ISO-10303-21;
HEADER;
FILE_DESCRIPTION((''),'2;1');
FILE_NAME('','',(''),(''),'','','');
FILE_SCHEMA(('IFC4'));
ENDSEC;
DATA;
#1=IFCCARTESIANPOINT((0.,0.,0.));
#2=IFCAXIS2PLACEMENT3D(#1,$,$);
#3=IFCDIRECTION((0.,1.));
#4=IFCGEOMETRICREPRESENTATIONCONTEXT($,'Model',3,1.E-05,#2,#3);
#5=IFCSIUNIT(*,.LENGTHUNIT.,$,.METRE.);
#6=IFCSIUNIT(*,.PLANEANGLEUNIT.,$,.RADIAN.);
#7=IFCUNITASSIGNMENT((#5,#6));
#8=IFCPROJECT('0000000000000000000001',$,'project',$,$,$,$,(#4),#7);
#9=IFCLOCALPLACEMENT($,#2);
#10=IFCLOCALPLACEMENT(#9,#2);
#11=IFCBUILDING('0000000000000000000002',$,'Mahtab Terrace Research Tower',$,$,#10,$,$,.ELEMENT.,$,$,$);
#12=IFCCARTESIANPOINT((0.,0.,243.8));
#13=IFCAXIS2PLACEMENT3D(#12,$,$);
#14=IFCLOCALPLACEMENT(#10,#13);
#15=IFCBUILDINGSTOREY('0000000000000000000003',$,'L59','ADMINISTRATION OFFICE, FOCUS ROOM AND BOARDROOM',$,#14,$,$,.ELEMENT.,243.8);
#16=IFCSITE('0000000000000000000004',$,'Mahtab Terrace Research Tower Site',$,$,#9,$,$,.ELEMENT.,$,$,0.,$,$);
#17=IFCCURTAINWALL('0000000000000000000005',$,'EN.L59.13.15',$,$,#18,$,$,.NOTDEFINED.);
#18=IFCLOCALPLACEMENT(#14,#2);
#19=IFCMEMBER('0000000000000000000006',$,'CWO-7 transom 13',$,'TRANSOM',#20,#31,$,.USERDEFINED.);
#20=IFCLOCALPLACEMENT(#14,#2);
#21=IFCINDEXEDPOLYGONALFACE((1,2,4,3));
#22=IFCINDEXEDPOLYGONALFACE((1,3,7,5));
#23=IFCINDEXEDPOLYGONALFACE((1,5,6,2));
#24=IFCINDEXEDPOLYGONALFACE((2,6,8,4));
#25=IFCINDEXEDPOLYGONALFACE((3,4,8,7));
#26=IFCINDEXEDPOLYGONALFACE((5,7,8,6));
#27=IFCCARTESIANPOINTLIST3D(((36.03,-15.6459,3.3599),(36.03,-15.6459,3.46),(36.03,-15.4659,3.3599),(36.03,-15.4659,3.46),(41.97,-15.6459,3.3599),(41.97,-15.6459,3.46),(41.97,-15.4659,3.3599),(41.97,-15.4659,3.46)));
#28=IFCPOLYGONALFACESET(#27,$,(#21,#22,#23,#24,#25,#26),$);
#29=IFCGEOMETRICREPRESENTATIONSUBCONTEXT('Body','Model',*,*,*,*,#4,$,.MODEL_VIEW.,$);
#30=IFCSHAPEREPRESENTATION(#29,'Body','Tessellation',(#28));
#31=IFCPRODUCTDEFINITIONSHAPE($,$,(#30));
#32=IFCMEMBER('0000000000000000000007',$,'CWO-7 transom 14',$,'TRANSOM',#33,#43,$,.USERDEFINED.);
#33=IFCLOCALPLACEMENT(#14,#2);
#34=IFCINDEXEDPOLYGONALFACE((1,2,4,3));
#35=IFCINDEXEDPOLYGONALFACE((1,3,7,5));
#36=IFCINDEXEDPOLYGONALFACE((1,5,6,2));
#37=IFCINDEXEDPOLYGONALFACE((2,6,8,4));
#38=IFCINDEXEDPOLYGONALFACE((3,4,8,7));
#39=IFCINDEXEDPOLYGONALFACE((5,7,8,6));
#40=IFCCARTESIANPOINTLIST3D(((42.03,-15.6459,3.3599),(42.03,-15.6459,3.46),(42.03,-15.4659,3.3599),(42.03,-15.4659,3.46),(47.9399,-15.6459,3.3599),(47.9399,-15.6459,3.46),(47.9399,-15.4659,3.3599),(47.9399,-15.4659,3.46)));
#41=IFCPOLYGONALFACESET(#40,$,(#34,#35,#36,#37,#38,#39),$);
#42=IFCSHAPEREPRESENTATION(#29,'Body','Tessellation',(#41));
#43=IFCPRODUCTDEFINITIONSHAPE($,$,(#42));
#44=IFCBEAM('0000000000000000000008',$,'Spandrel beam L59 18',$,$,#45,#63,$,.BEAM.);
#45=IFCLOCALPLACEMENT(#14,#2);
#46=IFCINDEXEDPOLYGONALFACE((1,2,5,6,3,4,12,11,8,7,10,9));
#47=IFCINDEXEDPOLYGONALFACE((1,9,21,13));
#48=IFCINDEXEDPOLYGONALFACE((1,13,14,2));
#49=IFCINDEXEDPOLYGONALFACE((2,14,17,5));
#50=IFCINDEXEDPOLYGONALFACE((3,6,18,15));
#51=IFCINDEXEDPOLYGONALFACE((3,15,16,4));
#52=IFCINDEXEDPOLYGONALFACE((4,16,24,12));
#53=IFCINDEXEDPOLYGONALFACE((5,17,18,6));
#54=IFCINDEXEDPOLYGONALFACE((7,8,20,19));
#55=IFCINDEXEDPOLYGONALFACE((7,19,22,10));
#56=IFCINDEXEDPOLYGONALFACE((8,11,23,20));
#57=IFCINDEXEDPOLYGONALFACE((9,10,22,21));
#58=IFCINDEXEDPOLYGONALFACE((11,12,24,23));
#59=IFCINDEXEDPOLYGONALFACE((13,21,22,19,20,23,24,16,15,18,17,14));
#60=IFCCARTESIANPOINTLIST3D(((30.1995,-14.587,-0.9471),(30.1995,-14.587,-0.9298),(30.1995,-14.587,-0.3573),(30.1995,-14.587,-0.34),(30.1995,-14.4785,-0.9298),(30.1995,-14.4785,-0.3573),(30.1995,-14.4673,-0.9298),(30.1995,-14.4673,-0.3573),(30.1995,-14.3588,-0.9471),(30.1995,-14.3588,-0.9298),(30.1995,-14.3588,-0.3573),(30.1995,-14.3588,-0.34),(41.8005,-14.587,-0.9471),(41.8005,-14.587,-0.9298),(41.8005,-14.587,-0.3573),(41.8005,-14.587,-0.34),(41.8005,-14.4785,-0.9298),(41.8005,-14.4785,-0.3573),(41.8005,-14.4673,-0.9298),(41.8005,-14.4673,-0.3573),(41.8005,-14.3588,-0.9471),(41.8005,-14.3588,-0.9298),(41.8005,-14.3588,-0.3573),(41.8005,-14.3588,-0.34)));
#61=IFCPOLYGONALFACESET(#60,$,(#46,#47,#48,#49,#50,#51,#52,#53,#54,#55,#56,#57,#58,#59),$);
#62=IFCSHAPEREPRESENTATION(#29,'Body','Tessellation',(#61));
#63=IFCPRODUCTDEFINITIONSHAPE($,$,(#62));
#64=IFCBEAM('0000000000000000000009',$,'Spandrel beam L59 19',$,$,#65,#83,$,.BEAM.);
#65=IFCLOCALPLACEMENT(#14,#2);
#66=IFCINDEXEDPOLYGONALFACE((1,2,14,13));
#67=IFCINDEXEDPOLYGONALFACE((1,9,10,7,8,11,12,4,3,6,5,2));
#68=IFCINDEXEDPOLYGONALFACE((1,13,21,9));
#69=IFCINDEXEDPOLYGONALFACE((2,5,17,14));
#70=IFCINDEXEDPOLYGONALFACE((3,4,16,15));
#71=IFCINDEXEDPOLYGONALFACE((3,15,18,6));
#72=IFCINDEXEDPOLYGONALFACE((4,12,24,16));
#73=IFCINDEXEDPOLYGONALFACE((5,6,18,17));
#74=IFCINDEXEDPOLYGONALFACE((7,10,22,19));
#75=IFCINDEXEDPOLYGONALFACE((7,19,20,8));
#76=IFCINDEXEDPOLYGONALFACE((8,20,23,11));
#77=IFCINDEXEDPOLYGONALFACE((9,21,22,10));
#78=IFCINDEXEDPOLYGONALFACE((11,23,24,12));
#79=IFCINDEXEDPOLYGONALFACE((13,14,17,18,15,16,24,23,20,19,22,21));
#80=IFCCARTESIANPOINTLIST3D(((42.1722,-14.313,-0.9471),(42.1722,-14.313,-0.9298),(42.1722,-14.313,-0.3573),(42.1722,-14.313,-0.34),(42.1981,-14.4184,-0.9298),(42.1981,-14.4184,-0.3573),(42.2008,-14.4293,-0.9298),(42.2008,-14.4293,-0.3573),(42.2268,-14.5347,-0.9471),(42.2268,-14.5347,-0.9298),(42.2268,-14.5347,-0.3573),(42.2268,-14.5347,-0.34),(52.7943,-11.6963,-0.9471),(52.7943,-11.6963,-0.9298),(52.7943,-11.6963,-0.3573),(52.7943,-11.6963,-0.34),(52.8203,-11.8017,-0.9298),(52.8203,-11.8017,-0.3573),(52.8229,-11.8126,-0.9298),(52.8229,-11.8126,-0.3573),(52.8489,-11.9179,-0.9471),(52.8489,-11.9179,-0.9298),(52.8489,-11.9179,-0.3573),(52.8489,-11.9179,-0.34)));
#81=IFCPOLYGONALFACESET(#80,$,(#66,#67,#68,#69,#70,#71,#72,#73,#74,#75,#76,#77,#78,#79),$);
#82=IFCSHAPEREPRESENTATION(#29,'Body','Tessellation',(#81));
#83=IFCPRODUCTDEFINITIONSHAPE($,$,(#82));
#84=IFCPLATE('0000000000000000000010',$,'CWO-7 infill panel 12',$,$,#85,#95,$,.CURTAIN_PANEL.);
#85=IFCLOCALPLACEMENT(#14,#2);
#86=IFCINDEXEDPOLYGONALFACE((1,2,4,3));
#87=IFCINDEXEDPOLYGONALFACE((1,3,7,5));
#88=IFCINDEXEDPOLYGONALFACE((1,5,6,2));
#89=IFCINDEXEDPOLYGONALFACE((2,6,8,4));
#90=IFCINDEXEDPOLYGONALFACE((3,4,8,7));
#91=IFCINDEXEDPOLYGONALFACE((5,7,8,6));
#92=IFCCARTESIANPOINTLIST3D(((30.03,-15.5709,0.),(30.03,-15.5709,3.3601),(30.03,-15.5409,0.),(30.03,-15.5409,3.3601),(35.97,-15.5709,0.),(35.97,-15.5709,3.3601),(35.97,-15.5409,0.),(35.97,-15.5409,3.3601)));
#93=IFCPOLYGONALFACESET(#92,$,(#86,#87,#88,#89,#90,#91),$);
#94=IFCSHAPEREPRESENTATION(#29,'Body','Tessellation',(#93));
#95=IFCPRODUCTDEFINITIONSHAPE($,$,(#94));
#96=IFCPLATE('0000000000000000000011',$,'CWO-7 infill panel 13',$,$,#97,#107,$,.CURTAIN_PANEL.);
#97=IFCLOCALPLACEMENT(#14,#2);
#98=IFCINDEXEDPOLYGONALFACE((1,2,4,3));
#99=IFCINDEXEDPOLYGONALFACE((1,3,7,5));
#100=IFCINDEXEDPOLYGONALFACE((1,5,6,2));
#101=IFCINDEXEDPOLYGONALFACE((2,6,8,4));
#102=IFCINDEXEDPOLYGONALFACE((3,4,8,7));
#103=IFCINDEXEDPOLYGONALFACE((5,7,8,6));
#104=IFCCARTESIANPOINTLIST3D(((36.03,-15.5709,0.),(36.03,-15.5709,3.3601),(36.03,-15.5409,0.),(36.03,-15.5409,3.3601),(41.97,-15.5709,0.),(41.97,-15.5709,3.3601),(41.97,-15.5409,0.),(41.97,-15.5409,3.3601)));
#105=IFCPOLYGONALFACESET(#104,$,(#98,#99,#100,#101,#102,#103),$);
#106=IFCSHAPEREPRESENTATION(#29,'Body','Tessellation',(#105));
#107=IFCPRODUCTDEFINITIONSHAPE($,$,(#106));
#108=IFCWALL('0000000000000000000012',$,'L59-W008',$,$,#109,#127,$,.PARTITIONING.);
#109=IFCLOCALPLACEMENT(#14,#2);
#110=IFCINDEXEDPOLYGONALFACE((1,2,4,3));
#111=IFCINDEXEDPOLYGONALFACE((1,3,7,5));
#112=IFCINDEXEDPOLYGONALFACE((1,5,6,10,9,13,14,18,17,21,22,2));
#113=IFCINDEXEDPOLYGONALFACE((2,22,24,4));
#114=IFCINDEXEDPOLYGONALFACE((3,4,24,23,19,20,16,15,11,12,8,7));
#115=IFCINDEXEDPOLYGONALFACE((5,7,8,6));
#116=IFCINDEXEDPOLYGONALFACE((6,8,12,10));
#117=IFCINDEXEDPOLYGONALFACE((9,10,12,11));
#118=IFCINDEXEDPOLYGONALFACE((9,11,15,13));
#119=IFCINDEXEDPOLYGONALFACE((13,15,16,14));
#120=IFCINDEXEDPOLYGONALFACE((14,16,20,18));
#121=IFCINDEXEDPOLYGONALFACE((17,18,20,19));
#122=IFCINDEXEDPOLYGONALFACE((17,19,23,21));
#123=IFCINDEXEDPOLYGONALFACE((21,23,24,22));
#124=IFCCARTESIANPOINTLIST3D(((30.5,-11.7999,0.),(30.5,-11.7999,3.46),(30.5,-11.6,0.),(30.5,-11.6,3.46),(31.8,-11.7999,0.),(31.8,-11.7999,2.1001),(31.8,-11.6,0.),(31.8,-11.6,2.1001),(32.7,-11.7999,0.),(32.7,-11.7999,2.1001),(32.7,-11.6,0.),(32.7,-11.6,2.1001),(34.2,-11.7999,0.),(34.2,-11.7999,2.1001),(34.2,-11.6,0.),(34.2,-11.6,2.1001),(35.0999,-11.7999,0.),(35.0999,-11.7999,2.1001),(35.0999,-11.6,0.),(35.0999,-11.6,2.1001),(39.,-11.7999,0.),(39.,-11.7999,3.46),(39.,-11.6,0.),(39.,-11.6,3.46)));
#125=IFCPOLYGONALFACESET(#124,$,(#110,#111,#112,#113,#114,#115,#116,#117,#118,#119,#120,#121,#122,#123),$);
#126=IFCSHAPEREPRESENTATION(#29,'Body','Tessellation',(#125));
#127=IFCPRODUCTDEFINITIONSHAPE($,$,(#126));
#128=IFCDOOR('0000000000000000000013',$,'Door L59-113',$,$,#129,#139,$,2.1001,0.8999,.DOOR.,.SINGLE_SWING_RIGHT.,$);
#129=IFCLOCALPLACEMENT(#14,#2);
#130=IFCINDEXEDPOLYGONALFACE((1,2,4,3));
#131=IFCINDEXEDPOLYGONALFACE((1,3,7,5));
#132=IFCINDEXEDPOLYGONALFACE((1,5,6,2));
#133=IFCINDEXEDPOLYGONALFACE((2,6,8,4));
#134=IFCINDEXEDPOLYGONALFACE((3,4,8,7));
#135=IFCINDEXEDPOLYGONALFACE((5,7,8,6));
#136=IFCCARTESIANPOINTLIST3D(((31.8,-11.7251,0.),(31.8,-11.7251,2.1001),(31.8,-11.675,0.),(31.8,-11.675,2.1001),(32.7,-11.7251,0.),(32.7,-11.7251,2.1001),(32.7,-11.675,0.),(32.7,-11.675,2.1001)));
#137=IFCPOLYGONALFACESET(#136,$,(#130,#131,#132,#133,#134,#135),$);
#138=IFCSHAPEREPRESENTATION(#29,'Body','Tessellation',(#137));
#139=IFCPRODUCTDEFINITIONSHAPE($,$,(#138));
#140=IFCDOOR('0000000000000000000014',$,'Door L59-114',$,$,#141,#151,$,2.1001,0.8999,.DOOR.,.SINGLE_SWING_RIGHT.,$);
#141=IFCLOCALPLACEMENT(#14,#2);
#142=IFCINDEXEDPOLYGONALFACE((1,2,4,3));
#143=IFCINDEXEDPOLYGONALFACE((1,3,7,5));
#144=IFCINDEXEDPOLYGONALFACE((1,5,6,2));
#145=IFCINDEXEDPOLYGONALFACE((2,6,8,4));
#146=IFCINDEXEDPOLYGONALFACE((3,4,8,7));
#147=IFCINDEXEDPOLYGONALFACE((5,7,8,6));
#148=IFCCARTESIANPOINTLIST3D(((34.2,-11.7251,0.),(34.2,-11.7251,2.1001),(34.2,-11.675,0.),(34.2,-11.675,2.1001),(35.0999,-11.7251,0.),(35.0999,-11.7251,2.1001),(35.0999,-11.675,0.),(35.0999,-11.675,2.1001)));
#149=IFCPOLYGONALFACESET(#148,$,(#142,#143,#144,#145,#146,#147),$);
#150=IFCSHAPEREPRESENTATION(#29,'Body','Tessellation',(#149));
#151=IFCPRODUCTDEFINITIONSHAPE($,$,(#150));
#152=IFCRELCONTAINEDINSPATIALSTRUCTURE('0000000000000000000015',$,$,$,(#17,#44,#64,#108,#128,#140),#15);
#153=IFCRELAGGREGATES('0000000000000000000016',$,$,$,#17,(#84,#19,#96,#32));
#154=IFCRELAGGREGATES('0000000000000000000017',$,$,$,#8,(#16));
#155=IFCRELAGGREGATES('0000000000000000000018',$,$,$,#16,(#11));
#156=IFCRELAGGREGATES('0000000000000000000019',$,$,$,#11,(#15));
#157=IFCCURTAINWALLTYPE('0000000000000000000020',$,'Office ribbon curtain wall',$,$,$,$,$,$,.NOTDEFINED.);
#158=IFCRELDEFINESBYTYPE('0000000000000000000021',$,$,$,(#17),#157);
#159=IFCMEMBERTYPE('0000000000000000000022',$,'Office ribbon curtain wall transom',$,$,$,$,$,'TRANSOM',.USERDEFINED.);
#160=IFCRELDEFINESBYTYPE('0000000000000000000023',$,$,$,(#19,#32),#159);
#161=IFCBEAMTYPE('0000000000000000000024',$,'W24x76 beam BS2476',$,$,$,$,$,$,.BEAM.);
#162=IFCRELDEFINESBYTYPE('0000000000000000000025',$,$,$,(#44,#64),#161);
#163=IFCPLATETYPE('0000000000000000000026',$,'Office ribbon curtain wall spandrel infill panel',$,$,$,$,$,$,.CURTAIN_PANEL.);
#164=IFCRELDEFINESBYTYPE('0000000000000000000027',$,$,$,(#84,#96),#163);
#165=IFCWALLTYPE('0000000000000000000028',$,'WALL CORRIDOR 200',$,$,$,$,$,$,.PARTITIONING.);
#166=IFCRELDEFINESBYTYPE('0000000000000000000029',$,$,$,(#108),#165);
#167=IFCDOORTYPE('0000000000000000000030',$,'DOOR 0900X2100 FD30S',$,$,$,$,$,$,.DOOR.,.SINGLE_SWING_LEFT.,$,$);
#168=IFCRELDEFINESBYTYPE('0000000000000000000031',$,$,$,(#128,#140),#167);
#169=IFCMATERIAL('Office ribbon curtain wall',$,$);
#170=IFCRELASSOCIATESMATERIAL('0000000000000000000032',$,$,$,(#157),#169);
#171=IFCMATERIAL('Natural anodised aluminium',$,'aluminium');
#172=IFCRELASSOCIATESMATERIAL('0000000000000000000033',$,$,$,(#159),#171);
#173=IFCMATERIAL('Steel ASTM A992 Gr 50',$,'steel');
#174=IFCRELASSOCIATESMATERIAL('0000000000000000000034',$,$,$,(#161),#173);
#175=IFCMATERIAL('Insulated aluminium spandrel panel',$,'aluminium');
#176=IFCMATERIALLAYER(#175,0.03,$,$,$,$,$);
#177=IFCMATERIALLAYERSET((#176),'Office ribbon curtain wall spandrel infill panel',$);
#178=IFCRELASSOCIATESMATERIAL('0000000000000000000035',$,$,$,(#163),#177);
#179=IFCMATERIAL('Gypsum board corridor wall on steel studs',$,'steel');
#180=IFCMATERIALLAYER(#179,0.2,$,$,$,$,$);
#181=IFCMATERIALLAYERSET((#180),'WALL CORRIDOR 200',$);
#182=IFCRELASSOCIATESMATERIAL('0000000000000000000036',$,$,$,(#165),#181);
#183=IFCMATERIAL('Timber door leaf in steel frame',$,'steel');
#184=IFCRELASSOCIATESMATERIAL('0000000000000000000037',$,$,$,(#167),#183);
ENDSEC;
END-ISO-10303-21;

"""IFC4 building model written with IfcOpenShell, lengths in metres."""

from ifc_helpers import new_model, si_unit, direction, frame, frame_2d, origin, origin_2d, place, context, subcontext, project, spatial, rectangle, i_section, extrude, material, layer, layer_set, material_profile, profile_set, type_object, element, fill, aggregate, save


model = new_model("IFC4")

# Units and contexts
model_context = context("Model", 3, precision=1e-05, world=origin(), true_north=direction((0.0, 1.0)))
body_context = subcontext(model_context, "Body", "Model", "MODEL_VIEW")
ifc_project = project(units=[si_unit("LENGTHUNIT", "METRE"), si_unit("PLANEANGLEUNIT", "RADIAN")], contexts=[model_context])

# Site, building, storey
site_placement = place(None, origin())
site = spatial("IfcSite", under=ifc_project, at=site_placement, Name="Mahtab Terrace Research Tower Site", CompositionType="ELEMENT", RefElevation=0.0)
building_placement = place(site_placement, origin())
building = spatial("IfcBuilding", under=site, at=building_placement, Name="Mahtab Terrace Research Tower", CompositionType="ELEMENT")
storey_placement = place(building_placement, frame((0.0, 0.0, 243.8)))
storey = spatial("IfcBuildingStorey", under=building, at=storey_placement, Name="L59", Description="ADMINISTRATION OFFICE, FOCUS ROOM AND BOARDROOM", CompositionType="ELEMENT", Elevation=243.8)

# Shared definitions
ifc_material_1 = material(Name="Steel ASTM A992 Gr 50", Category="steel")

# Curtain wall, members
ifc_material_2 = material(Name="Office ribbon curtain wall")
curtain_wall_type = type_object("IfcCurtainWallType", Name="Office ribbon curtain wall", PredefinedType="NOTDEFINED", material=ifc_material_2)
curtain_wall_placement = place(storey_placement, origin())
curtain_wall = element("IfcCurtainWall", 1, at=curtain_wall_placement, inside=storey, type_object=curtain_wall_type, Name="EN.L59.13.15", PredefinedType="NOTDEFINED")
ifc_material_3 = material(Name="Natural anodised aluminium", Category="aluminium")
ifc_material_profile_1 = material_profile(ifc_material_3, rectangle(XDim=0.1799, YDim=0.1001, at=origin_2d()), Name="TRANSOM 100x180")
ifc_profile_set_1 = profile_set([ifc_material_profile_1], Name="Natural anodised aluminium")
member_type_1 = type_object("IfcMemberType", Name="Office ribbon curtain wall transom", ElementType="TRANSOM", PredefinedType="USERDEFINED", material=ifc_profile_set_1)
member_1_placement = place(storey_placement, frame((36.03, -15.5559, 3.4099), z_axis=(1.0, 0.0, 0.0), x_axis=(0.0, 1.0, 0.0)))
member_1 = element("IfcMember", 2, at=member_1_placement, type_object=member_type_1, Name="CWO-7 transom 13", ObjectType="TRANSOM", PredefinedType="USERDEFINED", context=body_context, shape_type="SweptSolid", body=[
    extrude(rectangle(XDim=0.1799, YDim=0.1001, at=origin_2d()), origin(), (0.0, 0.0, 1.0), 5.9399),
])
member_2_placement = place(storey_placement, frame((42.03, -15.5559, 3.4099), z_axis=(1.0, 0.0, 0.0), x_axis=(0.0, 1.0, 0.0)))
member_2 = element("IfcMember", 3, at=member_2_placement, type_object=member_type_1, Name="CWO-7 transom 14", ObjectType="TRANSOM", PredefinedType="USERDEFINED", context=body_context, shape_type="SweptSolid", body=[
    extrude(rectangle(XDim=0.1799, YDim=0.1001, at=origin_2d()), origin(), (0.0, 0.0, 1.0), 5.9099),
])

# Beams
ifc_material_profile_2 = material_profile(ifc_material_1, i_section(OverallWidth=0.2283, OverallDepth=0.6072, WebThickness=0.0112, FlangeThickness=0.0173, at=origin_2d()), Name="W24X76")
ifc_profile_set_2 = profile_set([ifc_material_profile_2], Name="Steel ASTM A992 Gr 50")
beam_type = type_object("IfcBeamType", Name="W24x76 beam BS2476", PredefinedType="BEAM", material=ifc_profile_set_2)
beam_1_placement = place(storey_placement, frame((30.1995, -14.4729, -0.6436), z_axis=(1.0, 0.0, 0.0), x_axis=(0.0, 1.0, 0.0)))
element("IfcBeam", 4, at=beam_1_placement, inside=storey, type_object=beam_type, Name="Spandrel beam L59 18", PredefinedType="BEAM", context=body_context, shape_type="SweptSolid", body=[
    extrude(i_section(OverallWidth=0.2283, OverallDepth=0.6072, WebThickness=0.0112, FlangeThickness=0.0173, at=origin_2d()), origin(), (0.0, 0.0, 1.0), 11.6011),
])
beam_2_placement = place(storey_placement, frame((42.1995, -14.4238, -0.6436), z_axis=(0.970972, 0.239195, 0.0), x_axis=(-0.239195, 0.970972, 0.0)))
element("IfcBeam", 5, at=beam_2_placement, inside=storey, type_object=beam_type, Name="Spandrel beam L59 19", PredefinedType="BEAM", context=body_context, shape_type="SweptSolid", body=[
    extrude(i_section(OverallWidth=0.2283, OverallDepth=0.6072, WebThickness=0.0112, FlangeThickness=0.0173, at=origin_2d()), origin(), (0.0, 0.0, 1.0), 10.9397),
])

# Plates
ifc_material_4 = material(Name="Insulated aluminium spandrel panel", Category="aluminium")
ifc_layer_1 = layer(ifc_material_4, 0.03)
ifc_layer_set_1 = layer_set([ifc_layer_1], Name="Office ribbon curtain wall spandrel infill panel")
plate_type = type_object("IfcPlateType", Name="Office ribbon curtain wall spandrel infill panel", PredefinedType="CURTAIN_PANEL", material=ifc_layer_set_1)
plate_1_placement = place(storey_placement, frame((33.0, -15.5559, 0.0), z_axis=(0.0, 0.0, 1.0), x_axis=(1.0, 0.0, 0.0)))
plate_1 = element("IfcPlate", 6, at=plate_1_placement, type_object=plate_type, Name="CWO-7 infill panel 12", PredefinedType="CURTAIN_PANEL", context=body_context, shape_type="SweptSolid", body=[
    extrude(rectangle(XDim=5.9399, YDim=0.03, at=origin_2d()), origin(), (0.0, 0.0, 1.0), 3.3601),
])
plate_2_placement = place(storey_placement, frame((39.0, -15.5559, 0.0), z_axis=(0.0, 0.0, 1.0), x_axis=(1.0, 0.0, 0.0)))
plate_2 = element("IfcPlate", 7, at=plate_2_placement, type_object=plate_type, Name="CWO-7 infill panel 13", PredefinedType="CURTAIN_PANEL", context=body_context, shape_type="SweptSolid", body=[
    extrude(rectangle(XDim=5.9399, YDim=0.03, at=origin_2d()), origin(), (0.0, 0.0, 1.0), 3.3601),
])
aggregate(curtain_wall, [plate_1, member_1, plate_2, member_2])

# Wall, openings, doors
ifc_material_5 = material(Name="Gypsum board corridor wall on steel studs", Category="steel")
ifc_layer_2 = layer(ifc_material_5, 0.2)
ifc_layer_set_2 = layer_set([ifc_layer_2], Name="WALL CORRIDOR 200")
wall_type_1 = type_object("IfcWallType", Name="WALL CORRIDOR 200", PredefinedType="PARTITIONING", material=ifc_layer_set_2)
wall_1_placement = place(storey_placement, frame((30.5, -11.7, 0.0), z_axis=(0.0, 0.0, 1.0), x_axis=(1.0, 0.0, 0.0)))
wall_1 = element("IfcWall", 8, at=wall_1_placement, inside=storey, type_object=wall_type_1, Name="L59-W008", PredefinedType="PARTITIONING", context=body_context, shape_type="SweptSolid", body=[
    extrude(rectangle(XDim=8.5, YDim=0.2, at=frame_2d((4.25, 0.0))), origin(), (0.0, 0.0, 1.0), 3.46),
])
opening_1_placement = place(wall_1_placement, frame((1.3, 0.0, 0.0)))
opening_1 = element("IfcOpeningElement", 9, at=opening_1_placement, cuts=wall_1, PredefinedType="OPENING", context=body_context, shape_type="SweptSolid", body=[
    extrude(rectangle(XDim=0.8999, YDim=2.1001, at=frame_2d((0.45, 1.05))), frame((0.0, 0.1099, 0.0), z_axis=(0.0, -1.0, 0.0), x_axis=(1.0, 0.0, 0.0)), (0.0, 0.0, 1.0), 0.22),
])
opening_2_placement = place(wall_1_placement, frame((3.7, 0.0, 0.0)))
opening_2 = element("IfcOpeningElement", 10, at=opening_2_placement, cuts=wall_1, PredefinedType="OPENING", context=body_context, shape_type="SweptSolid", body=[
    extrude(rectangle(XDim=0.8999, YDim=2.1001, at=frame_2d((0.45, 1.05))), frame((0.0, 0.1099, 0.0), z_axis=(0.0, -1.0, 0.0), x_axis=(1.0, 0.0, 0.0)), (0.0, 0.0, 1.0), 0.22),
])
ifc_material_6 = material(Name="Timber door leaf in steel frame", Category="steel")
door_type_1 = type_object("IfcDoorType", Name="DOOR 0900X2100 FD30S", OperationType="SINGLE_SWING_LEFT", PredefinedType="DOOR", material=ifc_material_6)
door_1_placement = place(opening_1_placement, origin())
door_1 = element("IfcDoor", 11, at=door_1_placement, inside=storey, type_object=door_type_1, Name="Door L59-113", OperationType="SINGLE_SWING_RIGHT", OverallHeight=2.1001, OverallWidth=0.8999, PredefinedType="DOOR", context=body_context, shape_type="SweptSolid", body=[
    extrude(rectangle(XDim=0.8999, YDim=2.1001, at=frame_2d((0.45, 1.05))), frame((0.0, 0.0249, 0.0), z_axis=(0.0, -1.0, 0.0), x_axis=(1.0, 0.0, 0.0)), (0.0, 0.0, 1.0), 0.05),
])
fill(opening_1, door_1)
door_2_placement = place(opening_2_placement, origin())
door_2 = element("IfcDoor", 12, at=door_2_placement, inside=storey, type_object=door_type_1, Name="Door L59-114", OperationType="SINGLE_SWING_RIGHT", OverallHeight=2.1001, OverallWidth=0.8999, PredefinedType="DOOR", context=body_context, shape_type="SweptSolid", body=[
    extrude(rectangle(XDim=0.8999, YDim=2.1001, at=frame_2d((0.45, 1.05))), frame((0.0, 0.0249, 0.0), z_axis=(0.0, -1.0, 0.0), x_axis=(1.0, 0.0, 0.0)), (0.0, 0.0, 1.0), 0.05),
])
fill(opening_2, door_2)

save(model, "model.ifc")
